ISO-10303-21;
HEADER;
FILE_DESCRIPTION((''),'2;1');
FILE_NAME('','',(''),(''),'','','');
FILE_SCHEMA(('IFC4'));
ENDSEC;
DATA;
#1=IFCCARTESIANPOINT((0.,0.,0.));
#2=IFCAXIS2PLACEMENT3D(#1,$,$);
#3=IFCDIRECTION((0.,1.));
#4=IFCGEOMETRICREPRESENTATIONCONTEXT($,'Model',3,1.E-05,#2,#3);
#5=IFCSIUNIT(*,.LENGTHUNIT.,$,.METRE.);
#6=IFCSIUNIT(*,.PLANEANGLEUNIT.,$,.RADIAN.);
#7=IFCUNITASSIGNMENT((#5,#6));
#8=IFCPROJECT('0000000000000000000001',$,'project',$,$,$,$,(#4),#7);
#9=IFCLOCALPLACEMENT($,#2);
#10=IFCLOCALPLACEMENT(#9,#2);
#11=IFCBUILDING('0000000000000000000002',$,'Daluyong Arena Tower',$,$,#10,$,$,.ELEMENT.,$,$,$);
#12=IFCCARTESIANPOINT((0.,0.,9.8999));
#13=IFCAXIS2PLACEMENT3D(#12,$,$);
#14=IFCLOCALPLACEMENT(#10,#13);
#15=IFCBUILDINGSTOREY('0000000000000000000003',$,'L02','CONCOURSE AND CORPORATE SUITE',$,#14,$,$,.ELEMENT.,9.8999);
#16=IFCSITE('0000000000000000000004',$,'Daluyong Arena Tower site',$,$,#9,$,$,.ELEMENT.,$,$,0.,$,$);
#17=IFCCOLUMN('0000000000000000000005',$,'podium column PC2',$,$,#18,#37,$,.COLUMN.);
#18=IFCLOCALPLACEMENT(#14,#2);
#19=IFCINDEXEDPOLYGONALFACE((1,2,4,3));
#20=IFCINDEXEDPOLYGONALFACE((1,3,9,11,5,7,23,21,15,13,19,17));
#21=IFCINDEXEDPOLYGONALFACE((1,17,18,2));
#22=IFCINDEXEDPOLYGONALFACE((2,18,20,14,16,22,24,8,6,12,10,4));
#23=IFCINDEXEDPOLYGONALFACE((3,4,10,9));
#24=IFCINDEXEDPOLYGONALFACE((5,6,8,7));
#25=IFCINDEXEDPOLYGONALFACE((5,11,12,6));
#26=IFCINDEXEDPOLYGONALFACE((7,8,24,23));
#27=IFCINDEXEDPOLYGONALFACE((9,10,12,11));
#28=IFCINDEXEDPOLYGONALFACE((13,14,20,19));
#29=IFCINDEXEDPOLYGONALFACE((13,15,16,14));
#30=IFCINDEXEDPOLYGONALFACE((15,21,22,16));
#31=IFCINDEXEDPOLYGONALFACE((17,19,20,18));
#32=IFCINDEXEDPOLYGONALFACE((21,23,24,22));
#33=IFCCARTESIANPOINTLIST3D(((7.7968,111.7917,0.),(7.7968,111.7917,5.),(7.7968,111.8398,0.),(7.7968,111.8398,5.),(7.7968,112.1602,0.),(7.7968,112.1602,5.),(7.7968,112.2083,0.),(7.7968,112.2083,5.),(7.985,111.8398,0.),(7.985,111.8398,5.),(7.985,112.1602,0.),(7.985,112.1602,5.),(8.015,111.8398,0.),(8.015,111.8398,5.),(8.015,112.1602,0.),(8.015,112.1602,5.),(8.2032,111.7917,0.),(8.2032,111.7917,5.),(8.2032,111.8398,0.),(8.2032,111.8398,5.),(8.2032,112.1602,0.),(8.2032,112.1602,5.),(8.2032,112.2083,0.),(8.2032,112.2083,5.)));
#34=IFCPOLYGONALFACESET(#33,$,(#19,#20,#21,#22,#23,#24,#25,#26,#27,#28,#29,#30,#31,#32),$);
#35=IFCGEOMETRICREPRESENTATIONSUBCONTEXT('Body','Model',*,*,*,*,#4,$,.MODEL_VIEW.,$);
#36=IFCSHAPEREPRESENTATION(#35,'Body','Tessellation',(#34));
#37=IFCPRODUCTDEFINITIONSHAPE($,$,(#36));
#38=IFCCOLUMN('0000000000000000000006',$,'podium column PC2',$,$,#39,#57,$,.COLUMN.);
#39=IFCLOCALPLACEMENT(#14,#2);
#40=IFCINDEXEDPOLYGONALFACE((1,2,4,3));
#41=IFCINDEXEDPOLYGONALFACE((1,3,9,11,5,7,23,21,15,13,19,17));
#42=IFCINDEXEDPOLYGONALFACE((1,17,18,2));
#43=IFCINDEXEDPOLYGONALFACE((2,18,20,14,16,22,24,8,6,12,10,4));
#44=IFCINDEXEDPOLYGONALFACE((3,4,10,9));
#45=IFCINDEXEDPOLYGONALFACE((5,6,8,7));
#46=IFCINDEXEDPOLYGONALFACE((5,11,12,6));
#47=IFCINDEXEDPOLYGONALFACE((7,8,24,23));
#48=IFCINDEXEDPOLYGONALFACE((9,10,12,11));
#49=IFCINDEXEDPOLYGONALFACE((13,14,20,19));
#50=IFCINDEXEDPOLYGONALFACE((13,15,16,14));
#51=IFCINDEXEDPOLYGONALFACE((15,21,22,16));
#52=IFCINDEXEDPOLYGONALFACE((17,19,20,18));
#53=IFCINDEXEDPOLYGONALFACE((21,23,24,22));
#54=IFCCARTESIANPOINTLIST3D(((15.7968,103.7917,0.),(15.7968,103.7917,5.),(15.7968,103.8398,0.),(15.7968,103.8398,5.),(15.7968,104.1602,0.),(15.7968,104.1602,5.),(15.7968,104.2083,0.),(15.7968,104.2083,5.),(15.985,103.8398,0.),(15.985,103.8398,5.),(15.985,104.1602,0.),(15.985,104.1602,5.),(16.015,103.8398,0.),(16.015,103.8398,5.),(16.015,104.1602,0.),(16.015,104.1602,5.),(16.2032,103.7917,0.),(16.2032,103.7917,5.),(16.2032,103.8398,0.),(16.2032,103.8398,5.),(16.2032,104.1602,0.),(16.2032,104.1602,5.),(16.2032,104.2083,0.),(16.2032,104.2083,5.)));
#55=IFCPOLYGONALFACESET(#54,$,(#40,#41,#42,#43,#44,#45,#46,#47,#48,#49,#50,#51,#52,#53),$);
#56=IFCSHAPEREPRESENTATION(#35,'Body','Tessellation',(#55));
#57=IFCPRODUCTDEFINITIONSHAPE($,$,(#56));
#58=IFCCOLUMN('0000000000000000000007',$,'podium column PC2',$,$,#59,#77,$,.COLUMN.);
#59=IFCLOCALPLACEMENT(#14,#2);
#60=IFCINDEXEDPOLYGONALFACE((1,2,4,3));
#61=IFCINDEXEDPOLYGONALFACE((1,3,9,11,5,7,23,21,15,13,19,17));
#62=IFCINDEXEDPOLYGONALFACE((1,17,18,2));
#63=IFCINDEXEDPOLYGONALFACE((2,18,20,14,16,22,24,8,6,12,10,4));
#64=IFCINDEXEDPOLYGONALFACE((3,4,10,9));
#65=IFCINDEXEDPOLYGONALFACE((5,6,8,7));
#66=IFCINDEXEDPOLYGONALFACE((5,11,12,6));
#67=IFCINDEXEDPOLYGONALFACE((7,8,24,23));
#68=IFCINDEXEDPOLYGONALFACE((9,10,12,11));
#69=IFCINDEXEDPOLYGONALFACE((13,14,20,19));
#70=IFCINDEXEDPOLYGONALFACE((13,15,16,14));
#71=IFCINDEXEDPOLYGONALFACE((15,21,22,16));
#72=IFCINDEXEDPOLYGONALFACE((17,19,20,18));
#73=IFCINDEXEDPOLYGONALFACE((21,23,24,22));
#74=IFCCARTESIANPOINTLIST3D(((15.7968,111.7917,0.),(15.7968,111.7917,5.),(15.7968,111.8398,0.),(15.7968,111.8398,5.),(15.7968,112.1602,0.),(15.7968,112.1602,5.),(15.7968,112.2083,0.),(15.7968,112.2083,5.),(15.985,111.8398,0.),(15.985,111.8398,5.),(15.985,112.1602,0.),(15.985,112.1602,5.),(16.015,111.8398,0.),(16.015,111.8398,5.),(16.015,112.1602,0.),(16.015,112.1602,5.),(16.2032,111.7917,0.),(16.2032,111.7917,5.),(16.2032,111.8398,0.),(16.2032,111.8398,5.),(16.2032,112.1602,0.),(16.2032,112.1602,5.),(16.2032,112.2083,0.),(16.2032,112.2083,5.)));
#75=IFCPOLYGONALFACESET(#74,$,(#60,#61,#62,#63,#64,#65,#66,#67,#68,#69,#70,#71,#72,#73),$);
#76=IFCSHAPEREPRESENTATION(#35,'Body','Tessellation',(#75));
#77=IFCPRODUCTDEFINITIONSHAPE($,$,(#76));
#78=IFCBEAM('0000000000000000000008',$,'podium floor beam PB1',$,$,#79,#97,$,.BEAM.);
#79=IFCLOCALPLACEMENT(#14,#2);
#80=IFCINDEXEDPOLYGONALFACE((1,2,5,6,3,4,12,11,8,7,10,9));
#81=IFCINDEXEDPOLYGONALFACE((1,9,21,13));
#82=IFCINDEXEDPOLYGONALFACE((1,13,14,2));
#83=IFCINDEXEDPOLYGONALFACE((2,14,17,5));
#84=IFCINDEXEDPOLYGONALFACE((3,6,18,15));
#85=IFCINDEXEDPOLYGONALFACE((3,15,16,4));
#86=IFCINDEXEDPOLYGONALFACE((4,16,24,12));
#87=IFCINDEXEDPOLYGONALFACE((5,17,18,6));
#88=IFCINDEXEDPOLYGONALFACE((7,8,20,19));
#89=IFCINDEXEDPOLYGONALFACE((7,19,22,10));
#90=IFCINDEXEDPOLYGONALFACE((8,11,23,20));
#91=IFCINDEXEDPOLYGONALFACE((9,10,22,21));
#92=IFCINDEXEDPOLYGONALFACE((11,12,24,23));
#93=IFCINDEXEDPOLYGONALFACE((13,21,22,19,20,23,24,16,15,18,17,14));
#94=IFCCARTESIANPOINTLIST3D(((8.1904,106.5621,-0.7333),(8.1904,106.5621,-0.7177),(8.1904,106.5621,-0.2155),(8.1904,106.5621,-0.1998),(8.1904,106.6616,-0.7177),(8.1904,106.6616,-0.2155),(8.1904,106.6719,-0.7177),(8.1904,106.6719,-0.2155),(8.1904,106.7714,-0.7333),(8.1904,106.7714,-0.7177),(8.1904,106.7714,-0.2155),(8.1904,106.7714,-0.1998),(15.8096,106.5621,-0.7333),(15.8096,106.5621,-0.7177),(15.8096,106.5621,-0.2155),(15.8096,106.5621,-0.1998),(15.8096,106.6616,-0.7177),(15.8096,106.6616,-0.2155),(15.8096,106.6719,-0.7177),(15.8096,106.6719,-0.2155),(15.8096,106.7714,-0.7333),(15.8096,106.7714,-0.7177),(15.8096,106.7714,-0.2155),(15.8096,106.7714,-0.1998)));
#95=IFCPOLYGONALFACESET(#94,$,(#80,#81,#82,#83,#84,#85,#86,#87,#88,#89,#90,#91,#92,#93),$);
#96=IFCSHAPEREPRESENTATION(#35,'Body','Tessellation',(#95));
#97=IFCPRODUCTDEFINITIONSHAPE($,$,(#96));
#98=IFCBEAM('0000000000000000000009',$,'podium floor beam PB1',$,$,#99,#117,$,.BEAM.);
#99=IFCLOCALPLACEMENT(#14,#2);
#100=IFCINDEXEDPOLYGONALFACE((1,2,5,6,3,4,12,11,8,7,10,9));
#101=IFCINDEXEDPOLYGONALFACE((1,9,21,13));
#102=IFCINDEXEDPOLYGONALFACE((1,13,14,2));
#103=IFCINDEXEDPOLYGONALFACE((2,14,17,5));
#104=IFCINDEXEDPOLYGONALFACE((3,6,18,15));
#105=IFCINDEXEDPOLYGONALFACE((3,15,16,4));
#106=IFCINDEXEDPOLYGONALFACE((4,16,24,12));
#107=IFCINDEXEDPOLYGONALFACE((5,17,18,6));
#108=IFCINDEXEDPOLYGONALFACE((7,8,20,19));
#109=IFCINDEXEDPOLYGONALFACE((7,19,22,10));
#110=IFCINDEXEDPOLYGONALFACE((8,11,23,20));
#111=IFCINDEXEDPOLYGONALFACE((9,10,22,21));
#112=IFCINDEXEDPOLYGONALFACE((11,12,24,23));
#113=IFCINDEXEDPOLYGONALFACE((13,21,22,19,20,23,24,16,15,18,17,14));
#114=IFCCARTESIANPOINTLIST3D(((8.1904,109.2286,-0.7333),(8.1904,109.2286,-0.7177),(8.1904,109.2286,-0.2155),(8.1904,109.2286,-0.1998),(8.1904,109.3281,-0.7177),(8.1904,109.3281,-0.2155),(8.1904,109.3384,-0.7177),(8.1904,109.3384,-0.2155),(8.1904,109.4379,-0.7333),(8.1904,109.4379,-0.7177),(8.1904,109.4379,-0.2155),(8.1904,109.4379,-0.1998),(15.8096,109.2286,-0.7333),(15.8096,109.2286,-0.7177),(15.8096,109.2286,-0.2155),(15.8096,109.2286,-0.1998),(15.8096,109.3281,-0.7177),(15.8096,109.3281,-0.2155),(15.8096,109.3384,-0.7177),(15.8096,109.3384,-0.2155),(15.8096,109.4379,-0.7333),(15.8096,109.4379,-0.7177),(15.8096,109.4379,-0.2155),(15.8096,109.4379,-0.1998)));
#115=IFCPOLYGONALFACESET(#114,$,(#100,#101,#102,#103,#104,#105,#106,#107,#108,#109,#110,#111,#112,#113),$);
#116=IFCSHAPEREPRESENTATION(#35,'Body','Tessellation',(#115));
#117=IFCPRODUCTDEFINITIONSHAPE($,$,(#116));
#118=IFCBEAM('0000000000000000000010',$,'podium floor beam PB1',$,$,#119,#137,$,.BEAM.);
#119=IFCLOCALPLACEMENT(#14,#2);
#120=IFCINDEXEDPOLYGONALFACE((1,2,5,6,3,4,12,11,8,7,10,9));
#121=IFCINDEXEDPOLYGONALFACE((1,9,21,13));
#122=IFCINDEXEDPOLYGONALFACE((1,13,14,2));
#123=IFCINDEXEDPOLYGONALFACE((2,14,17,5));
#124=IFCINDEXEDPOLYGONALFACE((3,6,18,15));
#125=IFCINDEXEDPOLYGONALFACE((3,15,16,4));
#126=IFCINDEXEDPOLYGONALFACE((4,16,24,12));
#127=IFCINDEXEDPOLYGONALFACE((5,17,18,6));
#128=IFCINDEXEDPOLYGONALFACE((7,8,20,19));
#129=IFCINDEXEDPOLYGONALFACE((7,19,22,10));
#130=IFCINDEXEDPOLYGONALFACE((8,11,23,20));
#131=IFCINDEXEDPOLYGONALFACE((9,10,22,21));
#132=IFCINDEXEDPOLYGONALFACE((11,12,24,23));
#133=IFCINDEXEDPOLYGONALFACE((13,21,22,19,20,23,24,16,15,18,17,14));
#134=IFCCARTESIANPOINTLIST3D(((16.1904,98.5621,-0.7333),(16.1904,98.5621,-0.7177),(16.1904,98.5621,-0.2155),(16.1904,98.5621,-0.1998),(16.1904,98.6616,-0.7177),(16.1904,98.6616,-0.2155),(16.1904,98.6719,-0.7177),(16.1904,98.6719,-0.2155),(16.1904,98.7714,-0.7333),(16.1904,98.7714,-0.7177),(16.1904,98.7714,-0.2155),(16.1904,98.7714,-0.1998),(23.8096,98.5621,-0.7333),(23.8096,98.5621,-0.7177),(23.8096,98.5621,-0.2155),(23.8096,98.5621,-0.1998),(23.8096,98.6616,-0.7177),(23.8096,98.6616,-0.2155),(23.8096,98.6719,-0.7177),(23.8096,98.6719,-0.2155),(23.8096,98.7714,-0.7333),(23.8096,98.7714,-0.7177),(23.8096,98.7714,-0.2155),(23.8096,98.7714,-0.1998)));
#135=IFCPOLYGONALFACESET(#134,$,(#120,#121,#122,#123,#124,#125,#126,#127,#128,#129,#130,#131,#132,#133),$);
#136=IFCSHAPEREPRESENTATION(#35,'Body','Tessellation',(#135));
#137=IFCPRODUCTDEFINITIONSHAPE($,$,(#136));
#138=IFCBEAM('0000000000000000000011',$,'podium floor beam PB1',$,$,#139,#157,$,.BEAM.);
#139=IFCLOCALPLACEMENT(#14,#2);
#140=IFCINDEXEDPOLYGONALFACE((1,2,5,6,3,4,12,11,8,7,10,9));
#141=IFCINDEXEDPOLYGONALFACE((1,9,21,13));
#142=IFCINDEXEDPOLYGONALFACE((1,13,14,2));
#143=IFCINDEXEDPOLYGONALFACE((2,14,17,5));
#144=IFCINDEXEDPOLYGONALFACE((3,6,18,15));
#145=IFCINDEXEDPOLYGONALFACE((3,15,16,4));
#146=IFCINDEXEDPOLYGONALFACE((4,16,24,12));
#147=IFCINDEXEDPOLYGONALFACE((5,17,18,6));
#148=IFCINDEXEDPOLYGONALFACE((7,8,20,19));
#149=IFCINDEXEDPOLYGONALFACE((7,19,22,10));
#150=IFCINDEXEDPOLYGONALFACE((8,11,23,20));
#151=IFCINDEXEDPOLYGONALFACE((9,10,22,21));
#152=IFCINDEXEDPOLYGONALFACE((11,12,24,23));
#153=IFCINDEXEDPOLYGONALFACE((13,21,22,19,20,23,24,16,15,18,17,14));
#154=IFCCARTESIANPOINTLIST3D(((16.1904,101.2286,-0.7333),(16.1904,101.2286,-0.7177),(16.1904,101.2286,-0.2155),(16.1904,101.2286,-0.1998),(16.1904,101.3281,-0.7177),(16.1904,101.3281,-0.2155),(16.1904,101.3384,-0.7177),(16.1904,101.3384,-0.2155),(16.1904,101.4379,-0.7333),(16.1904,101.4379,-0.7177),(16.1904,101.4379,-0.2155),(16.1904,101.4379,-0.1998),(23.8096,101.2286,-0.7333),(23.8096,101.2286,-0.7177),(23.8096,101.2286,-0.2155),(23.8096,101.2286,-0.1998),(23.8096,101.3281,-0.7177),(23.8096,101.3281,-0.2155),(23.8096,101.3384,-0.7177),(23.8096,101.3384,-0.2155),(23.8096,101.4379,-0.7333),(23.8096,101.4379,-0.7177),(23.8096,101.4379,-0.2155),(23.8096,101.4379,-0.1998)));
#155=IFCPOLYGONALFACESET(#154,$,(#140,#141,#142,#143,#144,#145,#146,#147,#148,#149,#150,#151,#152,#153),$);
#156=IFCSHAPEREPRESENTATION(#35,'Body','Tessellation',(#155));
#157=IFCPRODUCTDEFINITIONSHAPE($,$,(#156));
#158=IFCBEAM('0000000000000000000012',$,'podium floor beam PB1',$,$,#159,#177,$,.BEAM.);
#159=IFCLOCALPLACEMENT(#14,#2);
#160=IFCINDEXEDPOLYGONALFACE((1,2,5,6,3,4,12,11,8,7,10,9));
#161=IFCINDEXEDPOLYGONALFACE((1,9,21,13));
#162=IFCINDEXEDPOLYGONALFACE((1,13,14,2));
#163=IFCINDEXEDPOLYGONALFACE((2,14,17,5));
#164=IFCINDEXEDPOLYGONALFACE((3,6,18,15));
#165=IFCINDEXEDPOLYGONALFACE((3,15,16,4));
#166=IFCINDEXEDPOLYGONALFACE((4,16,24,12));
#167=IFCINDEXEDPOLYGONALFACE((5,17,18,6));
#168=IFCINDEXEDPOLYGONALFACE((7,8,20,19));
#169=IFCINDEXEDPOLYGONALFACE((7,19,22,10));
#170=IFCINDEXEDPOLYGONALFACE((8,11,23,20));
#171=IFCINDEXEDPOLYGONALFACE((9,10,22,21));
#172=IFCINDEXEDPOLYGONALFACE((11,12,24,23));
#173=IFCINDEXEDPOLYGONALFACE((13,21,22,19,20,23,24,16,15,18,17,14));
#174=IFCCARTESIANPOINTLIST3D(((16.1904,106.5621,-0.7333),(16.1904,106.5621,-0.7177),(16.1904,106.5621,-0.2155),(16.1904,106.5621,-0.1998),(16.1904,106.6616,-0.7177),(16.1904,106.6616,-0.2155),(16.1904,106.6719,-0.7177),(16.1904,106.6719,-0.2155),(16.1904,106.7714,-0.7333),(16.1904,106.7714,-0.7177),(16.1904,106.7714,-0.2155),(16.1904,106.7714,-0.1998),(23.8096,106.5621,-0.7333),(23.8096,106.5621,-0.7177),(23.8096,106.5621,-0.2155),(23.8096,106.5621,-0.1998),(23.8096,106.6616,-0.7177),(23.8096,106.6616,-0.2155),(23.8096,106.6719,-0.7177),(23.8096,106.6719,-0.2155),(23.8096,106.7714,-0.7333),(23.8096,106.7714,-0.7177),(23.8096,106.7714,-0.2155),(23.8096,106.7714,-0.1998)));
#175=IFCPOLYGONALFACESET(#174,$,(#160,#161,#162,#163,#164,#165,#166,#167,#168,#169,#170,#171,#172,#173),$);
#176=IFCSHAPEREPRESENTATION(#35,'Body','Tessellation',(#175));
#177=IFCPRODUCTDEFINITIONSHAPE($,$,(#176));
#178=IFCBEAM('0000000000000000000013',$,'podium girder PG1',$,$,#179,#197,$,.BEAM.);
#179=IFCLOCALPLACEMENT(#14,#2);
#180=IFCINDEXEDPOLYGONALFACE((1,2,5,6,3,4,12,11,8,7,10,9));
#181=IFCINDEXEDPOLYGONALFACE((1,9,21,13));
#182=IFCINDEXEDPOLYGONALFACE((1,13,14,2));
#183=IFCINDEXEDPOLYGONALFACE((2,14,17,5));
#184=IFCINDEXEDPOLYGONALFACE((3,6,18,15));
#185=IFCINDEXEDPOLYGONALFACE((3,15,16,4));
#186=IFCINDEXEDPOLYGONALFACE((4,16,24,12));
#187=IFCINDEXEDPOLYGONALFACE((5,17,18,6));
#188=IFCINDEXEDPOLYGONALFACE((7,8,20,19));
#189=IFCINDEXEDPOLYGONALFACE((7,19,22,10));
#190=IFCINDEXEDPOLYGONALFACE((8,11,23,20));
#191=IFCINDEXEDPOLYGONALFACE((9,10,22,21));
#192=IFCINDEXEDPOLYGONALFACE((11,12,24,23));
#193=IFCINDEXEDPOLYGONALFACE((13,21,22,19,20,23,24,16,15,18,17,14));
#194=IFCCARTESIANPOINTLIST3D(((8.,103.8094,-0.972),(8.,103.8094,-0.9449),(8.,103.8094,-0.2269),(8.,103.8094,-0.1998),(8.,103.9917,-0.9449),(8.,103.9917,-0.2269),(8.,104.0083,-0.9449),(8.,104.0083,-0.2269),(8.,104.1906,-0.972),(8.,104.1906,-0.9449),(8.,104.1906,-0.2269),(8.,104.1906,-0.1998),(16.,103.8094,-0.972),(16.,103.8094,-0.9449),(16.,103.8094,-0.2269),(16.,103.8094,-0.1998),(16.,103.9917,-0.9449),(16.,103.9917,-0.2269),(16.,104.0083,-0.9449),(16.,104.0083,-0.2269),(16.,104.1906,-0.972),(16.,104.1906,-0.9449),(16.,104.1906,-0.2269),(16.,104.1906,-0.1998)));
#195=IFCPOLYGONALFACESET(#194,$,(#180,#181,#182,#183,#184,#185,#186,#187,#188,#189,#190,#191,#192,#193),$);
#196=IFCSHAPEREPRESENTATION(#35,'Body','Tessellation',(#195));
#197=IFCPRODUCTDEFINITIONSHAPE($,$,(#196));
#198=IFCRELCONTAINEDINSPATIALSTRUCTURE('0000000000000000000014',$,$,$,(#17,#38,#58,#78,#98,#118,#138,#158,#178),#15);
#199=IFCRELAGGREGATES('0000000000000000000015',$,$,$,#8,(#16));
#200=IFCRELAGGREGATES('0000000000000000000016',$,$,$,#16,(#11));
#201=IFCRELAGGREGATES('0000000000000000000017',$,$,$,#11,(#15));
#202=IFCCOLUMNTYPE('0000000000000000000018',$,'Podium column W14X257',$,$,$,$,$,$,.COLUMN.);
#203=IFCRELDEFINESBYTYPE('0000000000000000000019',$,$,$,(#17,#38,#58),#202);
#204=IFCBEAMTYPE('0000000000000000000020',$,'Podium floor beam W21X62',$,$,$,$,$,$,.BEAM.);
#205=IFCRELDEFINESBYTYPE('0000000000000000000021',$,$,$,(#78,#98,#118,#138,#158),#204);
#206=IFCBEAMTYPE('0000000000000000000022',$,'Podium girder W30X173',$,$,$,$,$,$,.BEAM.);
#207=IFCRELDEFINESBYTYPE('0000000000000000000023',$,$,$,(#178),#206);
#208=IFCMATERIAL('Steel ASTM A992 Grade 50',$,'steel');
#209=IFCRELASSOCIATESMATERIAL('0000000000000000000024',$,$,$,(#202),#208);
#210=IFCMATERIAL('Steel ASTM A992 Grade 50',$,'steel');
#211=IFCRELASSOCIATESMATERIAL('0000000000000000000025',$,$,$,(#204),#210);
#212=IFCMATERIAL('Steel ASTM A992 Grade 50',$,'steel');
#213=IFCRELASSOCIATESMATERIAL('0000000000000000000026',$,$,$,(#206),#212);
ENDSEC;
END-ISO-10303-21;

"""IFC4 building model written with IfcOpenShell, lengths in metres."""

from ifc_helpers import new_model, si_unit, direction, frame, origin, origin_2d, place, context, subcontext, project, spatial, i_section, extrude, material, material_profile, profile_set, type_object, element, save


model = new_model("IFC4")

# Units and contexts
model_context = context("Model", 3, precision=1e-05, world=origin(), true_north=direction((0.0, 1.0)))
body_context = subcontext(model_context, "Body", "Model", "MODEL_VIEW")
ifc_project = project(units=[si_unit("LENGTHUNIT", "METRE"), si_unit("PLANEANGLEUNIT", "RADIAN")], contexts=[model_context])

# Site, building, storey
site_placement = place(None, origin())
site = spatial("IfcSite", under=ifc_project, at=site_placement, Name="Daluyong Arena Tower site", CompositionType="ELEMENT", RefElevation=0.0)
building_placement = place(site_placement, origin())
building = spatial("IfcBuilding", under=site, at=building_placement, Name="Daluyong Arena Tower", CompositionType="ELEMENT")
storey_placement = place(building_placement, frame((0.0, 0.0, 9.8999)))
storey = spatial("IfcBuildingStorey", under=building, at=storey_placement, Name="L02", Description="CONCOURSE AND CORPORATE SUITE", CompositionType="ELEMENT", Elevation=9.8999)

# Columns
ifc_material_1 = material(Name="Steel ASTM A992 Grade 50", Category="steel")
ifc_material_profile_1 = material_profile(ifc_material_1, i_section(OverallWidth=0.4065, OverallDepth=0.4165, WebThickness=0.03, FlangeThickness=0.0481, at=origin_2d()))
ifc_profile_set_1 = profile_set([ifc_material_profile_1], Name="Steel ASTM A992 Grade 50")
column_type = type_object("IfcColumnType", Name="Podium column W14X257", PredefinedType="COLUMN", material=ifc_profile_set_1)
for number, where, z_axis, x_axis, name in (
    (1, (8.0, 112.0, 0.0), (0.0, 0.0, 1.0), (1.0, 0.0, 0.0), "podium column PC2"),
    (2, (16.0, 104.0, 0.0), (0.0, 0.0, 1.0), (1.0, 0.0, 0.0), "podium column PC2"),
    (3, (16.0, 112.0, 0.0), (0.0, 0.0, 1.0), (1.0, 0.0, 0.0), "podium column PC2"),
):
    element("IfcColumn", number, at=place(storey_placement, frame(where, z_axis=z_axis, x_axis=x_axis)), inside=storey, type_object=column_type, Name=name, PredefinedType="COLUMN", context=body_context, shape_type="SweptSolid", body=[
        extrude(i_section(OverallWidth=0.4065, OverallDepth=0.4165, WebThickness=0.03, FlangeThickness=0.0481, at=origin_2d()), origin(), (0.0, 0.0, 1.0), 5.0),
    ])

# Beams
ifc_material_2 = material(Name="Steel ASTM A992 Grade 50", Category="steel")
ifc_material_profile_2 = material_profile(ifc_material_2, i_section(OverallWidth=0.2092, OverallDepth=0.5334, WebThickness=0.0103, FlangeThickness=0.0156, at=origin_2d()))
ifc_profile_set_2 = profile_set([ifc_material_profile_2], Name="Steel ASTM A992 Grade 50")
beam_type_1 = type_object("IfcBeamType", Name="Podium floor beam W21X62", PredefinedType="BEAM", material=ifc_profile_set_2)
for number, where, z_axis, x_axis, name in (
    (4, (8.1904, 106.6667, -0.4666), (1.0, 0.0, 0.0), (0.0, 1.0, 0.0), "podium floor beam PB1"),
    (5, (8.1904, 109.3333, -0.4666), (1.0, 0.0, 0.0), (0.0, 1.0, 0.0), "podium floor beam PB1"),
    (6, (16.1904, 98.6667, -0.4666), (1.0, 0.0, 0.0), (0.0, 1.0, 0.0), "podium floor beam PB1"),
    (7, (16.1904, 101.3333, -0.4666), (1.0, 0.0, 0.0), (0.0, 1.0, 0.0), "podium floor beam PB1"),
    (8, (16.1904, 106.6667, -0.4666), (1.0, 0.0, 0.0), (0.0, 1.0, 0.0), "podium floor beam PB1"),
):
    element("IfcBeam", number, at=place(storey_placement, frame(where, z_axis=z_axis, x_axis=x_axis)), inside=storey, type_object=beam_type_1, Name=name, PredefinedType="BEAM", context=body_context, shape_type="SweptSolid", body=[
        extrude(i_section(OverallWidth=0.2092, OverallDepth=0.5334, WebThickness=0.0103, FlangeThickness=0.0156, at=origin_2d()), origin(), (0.0, 0.0, 1.0), 7.6191),
    ])
ifc_material_3 = material(Name="Steel ASTM A992 Grade 50", Category="steel")
ifc_material_profile_3 = material_profile(ifc_material_3, i_section(OverallWidth=0.3811, OverallDepth=0.7722, WebThickness=0.0166, FlangeThickness=0.0271, at=origin_2d()))
ifc_profile_set_3 = profile_set([ifc_material_profile_3], Name="Steel ASTM A992 Grade 50")
beam_type_2 = type_object("IfcBeamType", Name="Podium girder W30X173", PredefinedType="BEAM", material=ifc_profile_set_3)
for number, where, z_axis, x_axis, name in (
    (9, (8.0, 104.0, -0.5859), (1.0, 0.0, 0.0), (0.0, 1.0, 0.0), "podium girder PG1"),
):
    element("IfcBeam", number, at=place(storey_placement, frame(where, z_axis=z_axis, x_axis=x_axis)), inside=storey, type_object=beam_type_2, Name=name, PredefinedType="BEAM", context=body_context, shape_type="SweptSolid", body=[
        extrude(i_section(OverallWidth=0.3811, OverallDepth=0.7722, WebThickness=0.0166, FlangeThickness=0.0271, at=origin_2d()), origin(), (0.0, 0.0, 1.0), 8.0),
    ])

save(model, "model.ifc")
